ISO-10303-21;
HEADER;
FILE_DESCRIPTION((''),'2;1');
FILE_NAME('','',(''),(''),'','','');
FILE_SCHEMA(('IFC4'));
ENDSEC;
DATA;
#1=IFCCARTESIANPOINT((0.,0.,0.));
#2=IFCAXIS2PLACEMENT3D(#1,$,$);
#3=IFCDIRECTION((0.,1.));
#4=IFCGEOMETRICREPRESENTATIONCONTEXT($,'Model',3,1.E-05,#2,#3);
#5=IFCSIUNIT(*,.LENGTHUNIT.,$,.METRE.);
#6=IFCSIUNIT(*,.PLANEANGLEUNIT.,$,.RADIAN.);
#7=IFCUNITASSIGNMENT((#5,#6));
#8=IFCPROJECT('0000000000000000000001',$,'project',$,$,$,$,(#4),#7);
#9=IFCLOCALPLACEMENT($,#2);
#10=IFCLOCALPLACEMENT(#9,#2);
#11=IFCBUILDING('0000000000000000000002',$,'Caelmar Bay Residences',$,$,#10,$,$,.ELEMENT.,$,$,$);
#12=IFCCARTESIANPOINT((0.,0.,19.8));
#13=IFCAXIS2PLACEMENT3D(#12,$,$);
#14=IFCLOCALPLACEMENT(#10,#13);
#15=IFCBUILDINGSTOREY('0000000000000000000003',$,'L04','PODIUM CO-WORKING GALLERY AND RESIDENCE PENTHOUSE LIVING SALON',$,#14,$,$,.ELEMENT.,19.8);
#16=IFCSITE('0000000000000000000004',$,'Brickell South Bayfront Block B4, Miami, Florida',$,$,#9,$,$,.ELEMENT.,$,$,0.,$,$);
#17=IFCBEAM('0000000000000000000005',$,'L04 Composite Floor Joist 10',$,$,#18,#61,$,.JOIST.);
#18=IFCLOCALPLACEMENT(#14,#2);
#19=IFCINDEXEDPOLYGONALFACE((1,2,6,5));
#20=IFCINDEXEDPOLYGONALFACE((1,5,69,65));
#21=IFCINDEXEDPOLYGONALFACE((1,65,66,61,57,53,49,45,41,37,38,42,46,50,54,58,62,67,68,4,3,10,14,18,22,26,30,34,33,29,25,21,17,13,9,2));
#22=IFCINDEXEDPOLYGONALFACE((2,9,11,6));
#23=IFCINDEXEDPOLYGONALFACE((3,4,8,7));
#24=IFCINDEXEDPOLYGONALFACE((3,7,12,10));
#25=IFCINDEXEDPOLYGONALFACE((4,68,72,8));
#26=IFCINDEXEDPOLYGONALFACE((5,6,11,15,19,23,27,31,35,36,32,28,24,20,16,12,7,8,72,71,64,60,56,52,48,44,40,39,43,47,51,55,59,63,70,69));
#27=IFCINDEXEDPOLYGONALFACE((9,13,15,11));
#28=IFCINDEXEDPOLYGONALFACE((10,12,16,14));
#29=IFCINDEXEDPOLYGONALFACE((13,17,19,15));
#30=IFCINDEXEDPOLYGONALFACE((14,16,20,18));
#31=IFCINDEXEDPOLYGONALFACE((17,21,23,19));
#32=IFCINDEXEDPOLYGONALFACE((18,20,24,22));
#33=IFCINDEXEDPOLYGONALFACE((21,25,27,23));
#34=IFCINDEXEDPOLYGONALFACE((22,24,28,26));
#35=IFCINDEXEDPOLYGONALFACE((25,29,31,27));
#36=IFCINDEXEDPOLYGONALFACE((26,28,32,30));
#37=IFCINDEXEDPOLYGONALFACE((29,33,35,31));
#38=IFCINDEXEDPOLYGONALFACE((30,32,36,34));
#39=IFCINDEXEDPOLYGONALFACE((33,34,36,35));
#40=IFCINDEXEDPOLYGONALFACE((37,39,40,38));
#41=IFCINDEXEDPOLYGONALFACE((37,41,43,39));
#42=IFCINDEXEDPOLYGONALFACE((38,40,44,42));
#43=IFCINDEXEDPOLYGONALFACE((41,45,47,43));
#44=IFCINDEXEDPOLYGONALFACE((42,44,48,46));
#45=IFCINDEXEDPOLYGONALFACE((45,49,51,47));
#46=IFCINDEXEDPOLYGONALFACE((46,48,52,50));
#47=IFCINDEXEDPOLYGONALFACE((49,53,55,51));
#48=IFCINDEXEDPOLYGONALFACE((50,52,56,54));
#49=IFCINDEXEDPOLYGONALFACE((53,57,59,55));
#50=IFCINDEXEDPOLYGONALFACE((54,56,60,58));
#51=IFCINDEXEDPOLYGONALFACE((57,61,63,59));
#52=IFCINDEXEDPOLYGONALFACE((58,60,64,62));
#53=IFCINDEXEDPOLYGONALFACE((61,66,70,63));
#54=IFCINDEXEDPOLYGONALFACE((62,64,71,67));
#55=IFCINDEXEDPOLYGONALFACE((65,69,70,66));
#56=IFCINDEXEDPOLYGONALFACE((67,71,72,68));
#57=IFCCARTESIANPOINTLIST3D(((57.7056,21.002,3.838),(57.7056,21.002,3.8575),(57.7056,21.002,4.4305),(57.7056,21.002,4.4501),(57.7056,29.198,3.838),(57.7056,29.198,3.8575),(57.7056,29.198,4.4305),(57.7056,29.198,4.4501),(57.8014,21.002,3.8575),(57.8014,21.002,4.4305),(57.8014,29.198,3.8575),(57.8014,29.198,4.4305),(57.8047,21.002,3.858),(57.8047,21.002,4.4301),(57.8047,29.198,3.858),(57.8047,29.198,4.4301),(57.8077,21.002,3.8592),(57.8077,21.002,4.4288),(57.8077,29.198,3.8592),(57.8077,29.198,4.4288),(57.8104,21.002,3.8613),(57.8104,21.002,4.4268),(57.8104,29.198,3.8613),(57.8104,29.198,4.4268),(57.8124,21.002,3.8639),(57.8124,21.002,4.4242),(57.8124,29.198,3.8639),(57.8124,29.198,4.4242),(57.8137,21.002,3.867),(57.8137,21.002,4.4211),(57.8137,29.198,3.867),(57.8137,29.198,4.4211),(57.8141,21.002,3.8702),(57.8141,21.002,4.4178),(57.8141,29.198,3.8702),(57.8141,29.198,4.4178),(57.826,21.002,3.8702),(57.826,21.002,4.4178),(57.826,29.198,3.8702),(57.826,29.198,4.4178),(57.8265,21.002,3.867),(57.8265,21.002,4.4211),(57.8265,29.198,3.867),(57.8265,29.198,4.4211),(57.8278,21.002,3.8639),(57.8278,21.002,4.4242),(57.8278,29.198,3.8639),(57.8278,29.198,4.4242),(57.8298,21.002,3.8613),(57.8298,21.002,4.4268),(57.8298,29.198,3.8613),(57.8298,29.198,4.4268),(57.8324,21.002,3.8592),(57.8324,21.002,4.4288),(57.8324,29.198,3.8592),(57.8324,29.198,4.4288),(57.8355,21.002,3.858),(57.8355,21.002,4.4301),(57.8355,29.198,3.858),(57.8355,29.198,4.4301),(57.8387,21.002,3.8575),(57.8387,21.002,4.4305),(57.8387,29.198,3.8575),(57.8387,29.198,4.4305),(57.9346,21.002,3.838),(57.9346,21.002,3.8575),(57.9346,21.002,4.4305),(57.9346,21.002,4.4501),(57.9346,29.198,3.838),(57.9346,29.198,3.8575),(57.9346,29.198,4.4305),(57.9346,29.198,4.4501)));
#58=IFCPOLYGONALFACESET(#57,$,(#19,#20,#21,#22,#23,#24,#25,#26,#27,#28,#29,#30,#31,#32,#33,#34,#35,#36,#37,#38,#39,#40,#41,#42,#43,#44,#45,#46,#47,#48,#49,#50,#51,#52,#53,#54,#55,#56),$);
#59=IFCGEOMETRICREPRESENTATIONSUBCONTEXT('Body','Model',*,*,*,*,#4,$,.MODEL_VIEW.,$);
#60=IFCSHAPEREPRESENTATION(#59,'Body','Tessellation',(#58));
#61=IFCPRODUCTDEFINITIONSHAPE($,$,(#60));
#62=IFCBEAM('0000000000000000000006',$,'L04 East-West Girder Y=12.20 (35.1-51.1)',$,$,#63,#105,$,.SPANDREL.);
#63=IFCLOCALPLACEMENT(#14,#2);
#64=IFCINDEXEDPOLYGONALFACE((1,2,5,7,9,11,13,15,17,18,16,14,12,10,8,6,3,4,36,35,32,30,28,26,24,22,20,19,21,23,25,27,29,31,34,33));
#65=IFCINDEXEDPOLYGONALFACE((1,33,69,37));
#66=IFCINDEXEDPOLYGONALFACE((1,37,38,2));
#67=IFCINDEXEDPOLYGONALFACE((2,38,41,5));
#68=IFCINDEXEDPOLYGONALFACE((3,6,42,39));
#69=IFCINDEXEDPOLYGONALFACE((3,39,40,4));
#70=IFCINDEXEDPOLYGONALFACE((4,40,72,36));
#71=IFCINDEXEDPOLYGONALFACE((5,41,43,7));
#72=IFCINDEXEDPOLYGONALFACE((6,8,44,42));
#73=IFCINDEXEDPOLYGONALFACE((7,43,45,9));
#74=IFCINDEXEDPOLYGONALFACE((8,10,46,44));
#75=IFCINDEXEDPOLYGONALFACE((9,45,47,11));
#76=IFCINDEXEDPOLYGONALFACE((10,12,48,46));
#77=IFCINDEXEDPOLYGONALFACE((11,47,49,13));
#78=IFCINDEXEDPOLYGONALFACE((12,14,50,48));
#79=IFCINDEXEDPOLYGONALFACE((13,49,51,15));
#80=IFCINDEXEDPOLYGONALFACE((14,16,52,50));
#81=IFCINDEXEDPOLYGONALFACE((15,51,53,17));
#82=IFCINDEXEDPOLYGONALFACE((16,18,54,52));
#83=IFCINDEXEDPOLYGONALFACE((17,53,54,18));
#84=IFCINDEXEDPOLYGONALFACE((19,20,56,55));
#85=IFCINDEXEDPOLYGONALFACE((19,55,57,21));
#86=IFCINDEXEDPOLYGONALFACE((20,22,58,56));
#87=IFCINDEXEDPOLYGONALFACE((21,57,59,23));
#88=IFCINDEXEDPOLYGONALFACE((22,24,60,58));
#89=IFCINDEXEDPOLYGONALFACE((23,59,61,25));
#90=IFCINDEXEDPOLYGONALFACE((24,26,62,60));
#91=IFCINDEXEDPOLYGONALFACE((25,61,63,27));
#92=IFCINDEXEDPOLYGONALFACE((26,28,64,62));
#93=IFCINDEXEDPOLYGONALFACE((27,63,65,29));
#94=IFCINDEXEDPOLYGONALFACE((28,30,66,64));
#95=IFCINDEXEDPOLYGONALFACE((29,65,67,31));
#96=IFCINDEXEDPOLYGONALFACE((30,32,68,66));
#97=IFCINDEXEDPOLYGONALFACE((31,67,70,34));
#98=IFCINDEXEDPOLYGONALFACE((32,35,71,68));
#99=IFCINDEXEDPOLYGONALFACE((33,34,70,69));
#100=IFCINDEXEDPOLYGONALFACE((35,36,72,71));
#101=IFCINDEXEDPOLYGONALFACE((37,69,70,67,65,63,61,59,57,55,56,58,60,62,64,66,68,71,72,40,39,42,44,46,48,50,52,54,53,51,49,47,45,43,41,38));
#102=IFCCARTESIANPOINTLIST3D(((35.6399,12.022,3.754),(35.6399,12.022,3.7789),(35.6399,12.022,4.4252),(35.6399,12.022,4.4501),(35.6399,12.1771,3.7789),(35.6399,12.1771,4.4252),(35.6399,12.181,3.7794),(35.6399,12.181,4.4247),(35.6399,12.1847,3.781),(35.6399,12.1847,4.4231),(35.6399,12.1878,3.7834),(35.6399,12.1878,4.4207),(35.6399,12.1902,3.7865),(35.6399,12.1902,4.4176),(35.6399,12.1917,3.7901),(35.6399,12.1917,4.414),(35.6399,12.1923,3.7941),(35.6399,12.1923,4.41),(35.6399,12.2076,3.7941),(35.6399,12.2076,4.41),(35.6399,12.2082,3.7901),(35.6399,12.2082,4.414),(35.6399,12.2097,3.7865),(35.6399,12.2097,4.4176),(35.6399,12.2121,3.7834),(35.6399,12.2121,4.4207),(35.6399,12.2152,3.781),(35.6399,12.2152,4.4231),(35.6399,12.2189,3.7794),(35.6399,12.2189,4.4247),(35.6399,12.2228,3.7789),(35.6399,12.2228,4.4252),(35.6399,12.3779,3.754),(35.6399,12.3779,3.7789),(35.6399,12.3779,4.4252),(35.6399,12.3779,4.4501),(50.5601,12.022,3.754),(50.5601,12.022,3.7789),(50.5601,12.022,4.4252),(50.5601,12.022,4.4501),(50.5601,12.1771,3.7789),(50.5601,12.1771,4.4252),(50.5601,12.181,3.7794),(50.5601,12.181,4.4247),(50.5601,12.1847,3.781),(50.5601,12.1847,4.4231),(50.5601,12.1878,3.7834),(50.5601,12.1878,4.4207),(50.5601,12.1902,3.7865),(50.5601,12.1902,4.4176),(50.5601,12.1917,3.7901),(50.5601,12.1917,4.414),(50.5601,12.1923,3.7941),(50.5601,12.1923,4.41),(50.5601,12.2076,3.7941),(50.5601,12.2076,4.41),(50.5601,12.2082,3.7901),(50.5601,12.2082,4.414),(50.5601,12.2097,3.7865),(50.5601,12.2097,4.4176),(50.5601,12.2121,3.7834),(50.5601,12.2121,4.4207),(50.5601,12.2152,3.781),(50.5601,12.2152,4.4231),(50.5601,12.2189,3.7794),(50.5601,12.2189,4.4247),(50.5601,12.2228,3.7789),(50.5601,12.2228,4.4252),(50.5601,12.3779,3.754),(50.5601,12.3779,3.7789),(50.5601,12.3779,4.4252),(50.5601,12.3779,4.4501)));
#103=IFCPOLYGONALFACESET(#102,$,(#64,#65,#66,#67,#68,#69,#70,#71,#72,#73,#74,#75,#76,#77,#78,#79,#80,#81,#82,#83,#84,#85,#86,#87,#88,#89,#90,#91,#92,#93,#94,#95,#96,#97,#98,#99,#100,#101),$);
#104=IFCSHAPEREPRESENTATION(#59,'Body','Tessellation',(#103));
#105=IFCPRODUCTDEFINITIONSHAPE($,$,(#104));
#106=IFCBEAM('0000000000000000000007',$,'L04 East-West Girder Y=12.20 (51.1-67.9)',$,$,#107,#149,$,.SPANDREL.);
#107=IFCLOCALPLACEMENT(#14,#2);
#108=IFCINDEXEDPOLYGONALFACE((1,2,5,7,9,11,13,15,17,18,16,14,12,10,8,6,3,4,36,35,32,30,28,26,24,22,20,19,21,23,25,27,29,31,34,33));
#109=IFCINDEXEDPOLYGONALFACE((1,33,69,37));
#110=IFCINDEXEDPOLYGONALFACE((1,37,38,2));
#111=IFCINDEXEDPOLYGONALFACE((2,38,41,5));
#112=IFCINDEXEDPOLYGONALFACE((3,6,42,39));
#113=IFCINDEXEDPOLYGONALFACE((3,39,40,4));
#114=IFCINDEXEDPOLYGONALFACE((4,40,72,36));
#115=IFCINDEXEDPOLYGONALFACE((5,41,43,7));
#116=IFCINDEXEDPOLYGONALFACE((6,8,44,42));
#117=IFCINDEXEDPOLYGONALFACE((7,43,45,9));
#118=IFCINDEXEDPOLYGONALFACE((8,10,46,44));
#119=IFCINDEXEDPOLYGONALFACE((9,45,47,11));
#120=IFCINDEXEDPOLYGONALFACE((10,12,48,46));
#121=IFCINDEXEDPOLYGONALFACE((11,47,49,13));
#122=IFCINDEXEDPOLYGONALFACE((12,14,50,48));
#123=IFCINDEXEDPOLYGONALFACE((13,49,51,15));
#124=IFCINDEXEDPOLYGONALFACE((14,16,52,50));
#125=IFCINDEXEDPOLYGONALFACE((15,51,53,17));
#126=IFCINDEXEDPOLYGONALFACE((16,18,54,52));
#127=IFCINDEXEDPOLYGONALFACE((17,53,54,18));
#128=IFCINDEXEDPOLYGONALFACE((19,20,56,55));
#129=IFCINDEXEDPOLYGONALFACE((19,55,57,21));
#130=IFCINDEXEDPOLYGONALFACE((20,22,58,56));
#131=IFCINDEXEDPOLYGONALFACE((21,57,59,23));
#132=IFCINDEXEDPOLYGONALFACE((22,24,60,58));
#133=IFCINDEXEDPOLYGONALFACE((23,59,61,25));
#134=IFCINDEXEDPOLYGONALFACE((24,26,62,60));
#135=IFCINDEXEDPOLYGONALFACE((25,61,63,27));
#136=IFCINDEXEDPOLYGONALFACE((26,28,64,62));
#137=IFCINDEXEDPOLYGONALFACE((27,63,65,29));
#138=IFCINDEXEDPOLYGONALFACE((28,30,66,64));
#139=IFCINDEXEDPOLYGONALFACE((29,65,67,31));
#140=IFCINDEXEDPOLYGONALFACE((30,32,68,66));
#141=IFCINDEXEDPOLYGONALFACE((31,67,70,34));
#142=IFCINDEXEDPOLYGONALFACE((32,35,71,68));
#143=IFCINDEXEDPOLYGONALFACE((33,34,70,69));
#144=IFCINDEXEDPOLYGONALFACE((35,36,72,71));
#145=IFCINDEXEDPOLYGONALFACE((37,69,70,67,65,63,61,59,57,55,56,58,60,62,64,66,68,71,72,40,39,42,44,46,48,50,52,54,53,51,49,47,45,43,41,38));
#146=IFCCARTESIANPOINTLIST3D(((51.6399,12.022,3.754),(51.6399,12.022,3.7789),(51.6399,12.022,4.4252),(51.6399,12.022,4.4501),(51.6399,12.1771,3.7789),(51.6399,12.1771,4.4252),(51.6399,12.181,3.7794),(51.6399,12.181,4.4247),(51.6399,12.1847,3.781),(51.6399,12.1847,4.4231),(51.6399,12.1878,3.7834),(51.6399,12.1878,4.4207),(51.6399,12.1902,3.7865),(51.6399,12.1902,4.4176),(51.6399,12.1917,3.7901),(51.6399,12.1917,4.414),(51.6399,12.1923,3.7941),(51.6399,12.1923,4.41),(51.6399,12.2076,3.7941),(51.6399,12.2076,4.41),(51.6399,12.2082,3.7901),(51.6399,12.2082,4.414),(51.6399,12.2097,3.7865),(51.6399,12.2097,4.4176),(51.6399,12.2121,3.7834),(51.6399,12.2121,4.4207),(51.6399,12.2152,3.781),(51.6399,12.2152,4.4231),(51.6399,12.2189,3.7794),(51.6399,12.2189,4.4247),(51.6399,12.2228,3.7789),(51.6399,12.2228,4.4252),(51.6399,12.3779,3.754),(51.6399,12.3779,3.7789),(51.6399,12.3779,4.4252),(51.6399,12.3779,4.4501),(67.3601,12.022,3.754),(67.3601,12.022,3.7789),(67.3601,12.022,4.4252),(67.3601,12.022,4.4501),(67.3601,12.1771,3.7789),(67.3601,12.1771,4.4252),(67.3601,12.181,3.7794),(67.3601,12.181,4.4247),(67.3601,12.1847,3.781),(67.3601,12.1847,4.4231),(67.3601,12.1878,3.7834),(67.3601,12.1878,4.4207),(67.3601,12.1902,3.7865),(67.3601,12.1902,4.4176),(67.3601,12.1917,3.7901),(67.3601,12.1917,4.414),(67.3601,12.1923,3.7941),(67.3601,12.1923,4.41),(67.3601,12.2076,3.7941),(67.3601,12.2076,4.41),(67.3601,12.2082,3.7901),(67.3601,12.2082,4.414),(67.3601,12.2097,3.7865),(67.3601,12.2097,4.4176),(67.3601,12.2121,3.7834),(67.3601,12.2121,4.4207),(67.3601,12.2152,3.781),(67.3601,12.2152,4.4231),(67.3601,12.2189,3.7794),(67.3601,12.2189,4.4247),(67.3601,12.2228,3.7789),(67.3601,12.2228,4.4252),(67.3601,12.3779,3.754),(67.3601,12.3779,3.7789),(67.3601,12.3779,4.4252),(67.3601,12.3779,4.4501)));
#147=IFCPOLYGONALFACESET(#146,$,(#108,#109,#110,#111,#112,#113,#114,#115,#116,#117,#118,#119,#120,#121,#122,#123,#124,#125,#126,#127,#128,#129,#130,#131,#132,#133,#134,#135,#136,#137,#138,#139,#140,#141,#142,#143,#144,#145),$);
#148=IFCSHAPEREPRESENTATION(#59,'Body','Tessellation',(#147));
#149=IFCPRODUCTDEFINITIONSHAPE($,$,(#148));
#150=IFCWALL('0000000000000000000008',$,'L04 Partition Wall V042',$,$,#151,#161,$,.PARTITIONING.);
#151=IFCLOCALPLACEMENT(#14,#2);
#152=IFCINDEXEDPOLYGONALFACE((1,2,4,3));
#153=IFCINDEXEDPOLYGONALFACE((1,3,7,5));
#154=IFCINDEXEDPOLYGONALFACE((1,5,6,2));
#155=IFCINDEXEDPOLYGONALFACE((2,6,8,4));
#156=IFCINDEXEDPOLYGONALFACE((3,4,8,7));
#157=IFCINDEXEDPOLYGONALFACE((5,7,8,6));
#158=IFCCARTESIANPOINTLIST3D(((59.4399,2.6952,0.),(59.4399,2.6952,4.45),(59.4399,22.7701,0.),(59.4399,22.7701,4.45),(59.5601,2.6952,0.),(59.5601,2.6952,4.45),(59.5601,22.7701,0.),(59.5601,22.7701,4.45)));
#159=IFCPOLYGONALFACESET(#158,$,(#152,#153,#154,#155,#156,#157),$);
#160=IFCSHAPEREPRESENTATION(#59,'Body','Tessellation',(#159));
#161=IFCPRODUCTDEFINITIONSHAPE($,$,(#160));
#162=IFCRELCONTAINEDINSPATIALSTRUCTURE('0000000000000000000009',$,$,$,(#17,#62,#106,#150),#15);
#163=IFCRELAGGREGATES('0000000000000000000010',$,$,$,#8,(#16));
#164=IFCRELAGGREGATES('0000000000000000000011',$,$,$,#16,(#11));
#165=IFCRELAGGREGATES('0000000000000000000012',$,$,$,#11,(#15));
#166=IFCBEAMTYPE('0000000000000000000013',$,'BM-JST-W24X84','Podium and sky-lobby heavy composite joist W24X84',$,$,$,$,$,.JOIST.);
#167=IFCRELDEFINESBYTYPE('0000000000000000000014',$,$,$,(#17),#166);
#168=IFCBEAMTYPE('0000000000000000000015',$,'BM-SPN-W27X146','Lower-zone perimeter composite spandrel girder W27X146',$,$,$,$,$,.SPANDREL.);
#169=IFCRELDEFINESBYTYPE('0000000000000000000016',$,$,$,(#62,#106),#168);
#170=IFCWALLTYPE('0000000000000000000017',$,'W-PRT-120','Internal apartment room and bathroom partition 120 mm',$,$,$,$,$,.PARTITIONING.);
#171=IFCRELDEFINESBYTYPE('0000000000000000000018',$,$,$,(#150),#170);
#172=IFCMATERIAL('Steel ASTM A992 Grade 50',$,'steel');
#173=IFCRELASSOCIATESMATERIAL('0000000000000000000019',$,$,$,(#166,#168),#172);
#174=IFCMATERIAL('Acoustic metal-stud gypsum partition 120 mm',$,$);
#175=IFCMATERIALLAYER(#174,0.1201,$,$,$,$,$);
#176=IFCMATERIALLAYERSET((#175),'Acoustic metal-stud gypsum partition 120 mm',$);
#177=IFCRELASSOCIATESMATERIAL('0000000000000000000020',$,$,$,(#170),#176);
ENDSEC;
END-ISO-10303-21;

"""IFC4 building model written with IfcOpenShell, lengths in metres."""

from ifc_helpers import new_model, si_unit, direction, frame, frame_2d, origin, origin_2d, place, context, subcontext, project, spatial, rectangle, i_section, extrude, material, layer, layer_set, material_profile, profile_set, type_object, element, save


model = new_model("IFC4")

# Units and contexts
model_context = context("Model", 3, precision=1e-05, world=origin(), true_north=direction((0.0, 1.0)))
body_context = subcontext(model_context, "Body", "Model", "MODEL_VIEW")
ifc_project = project(units=[si_unit("LENGTHUNIT", "METRE"), si_unit("PLANEANGLEUNIT", "RADIAN")], contexts=[model_context])

# Site, building, storey
site_placement = place(None, origin())
site = spatial("IfcSite", under=ifc_project, at=site_placement, Name="Brickell South Bayfront Block B4, Miami, Florida", CompositionType="ELEMENT", RefElevation=0.0)
building_placement = place(site_placement, origin())
building = spatial("IfcBuilding", under=site, at=building_placement, Name="Caelmar Bay Residences", CompositionType="ELEMENT")
storey_placement = place(building_placement, frame((0.0, 0.0, 19.8)))
storey = spatial("IfcBuildingStorey", under=building, at=storey_placement, Name="L04", Description="PODIUM CO-WORKING GALLERY AND RESIDENCE PENTHOUSE LIVING SALON", CompositionType="ELEMENT", Elevation=19.8)

# Beams
ifc_material_1 = material(Name="Steel ASTM A992 Grade 50", Category="steel")
ifc_material_profile_1 = material_profile(ifc_material_1, i_section(OverallWidth=0.229, OverallDepth=0.6121, WebThickness=0.012, FlangeThickness=0.0195, FilletRadius=0.0127, at=origin_2d()), Name="W24X84")
ifc_profile_set_1 = profile_set([ifc_material_profile_1], Name="Steel ASTM A992 Grade 50")
beam_type_1 = type_object("IfcBeamType", Name="BM-JST-W24X84", Description="Podium and sky-lobby heavy composite joist W24X84", PredefinedType="JOIST", material=ifc_profile_set_1)
for number, where, z_axis, x_axis, name in (
    (1, (57.8201, 21.002, 4.144), (0.0, 1.0, 0.0), (-1.0, 0.0, 0.0), "L04 Composite Floor Joist 10"),
):
    element("IfcBeam", number, at=place(storey_placement, frame(where, z_axis=z_axis, x_axis=x_axis)), inside=storey, type_object=beam_type_1, Name=name, PredefinedType="JOIST", context=body_context, shape_type="SweptSolid", body=[
        extrude(i_section(OverallWidth=0.229, OverallDepth=0.6121, WebThickness=0.012, FlangeThickness=0.0195, FilletRadius=0.0127, at=origin_2d()), origin(), (0.0, 0.0, 1.0), 8.196),
    ])
ifc_material_profile_2 = material_profile(ifc_material_1, i_section(OverallWidth=0.356, OverallDepth=0.696, WebThickness=0.0154, FlangeThickness=0.0249, FilletRadius=0.0151, at=origin_2d()), Name="W27X146")
ifc_profile_set_2 = profile_set([ifc_material_profile_2], Name="Steel ASTM A992 Grade 50")
beam_type_2 = type_object("IfcBeamType", Name="BM-SPN-W27X146", Description="Lower-zone perimeter composite spandrel girder W27X146", PredefinedType="SPANDREL", material=ifc_profile_set_2)
beam_1_placement = place(storey_placement, frame((35.6399, 12.2, 4.1021), z_axis=(1.0, 0.0, 0.0), x_axis=(0.0, 1.0, 0.0)))
element("IfcBeam", 2, at=beam_1_placement, inside=storey, type_object=beam_type_2, Name="L04 East-West Girder Y=12.20 (35.1-51.1)", PredefinedType="SPANDREL", context=body_context, shape_type="SweptSolid", body=[
    extrude(i_section(OverallWidth=0.356, OverallDepth=0.696, WebThickness=0.0154, FlangeThickness=0.0249, FilletRadius=0.0151, at=origin_2d()), origin(), (0.0, 0.0, 1.0), 14.9202),
])
beam_2_placement = place(storey_placement, frame((51.6399, 12.2, 4.1021), z_axis=(1.0, 0.0, 0.0), x_axis=(0.0, 1.0, 0.0)))
element("IfcBeam", 3, at=beam_2_placement, inside=storey, type_object=beam_type_2, Name="L04 East-West Girder Y=12.20 (51.1-67.9)", PredefinedType="SPANDREL", context=body_context, shape_type="SweptSolid", body=[
    extrude(i_section(OverallWidth=0.356, OverallDepth=0.696, WebThickness=0.0154, FlangeThickness=0.0249, FilletRadius=0.0151, at=origin_2d()), origin(), (0.0, 0.0, 1.0), 15.7202),
])

# Wall
ifc_material_2 = material(Name="Acoustic metal-stud gypsum partition 120 mm")
ifc_layer_1 = layer(ifc_material_2, 0.1201)
ifc_layer_set_1 = layer_set([ifc_layer_1], Name="Acoustic metal-stud gypsum partition 120 mm")
wall_type_1 = type_object("IfcWallType", Name="W-PRT-120", Description="Internal apartment room and bathroom partition 120 mm", PredefinedType="PARTITIONING", material=ifc_layer_set_1)
wall_1_placement = place(storey_placement, frame((59.5, 2.6951, 0.0), z_axis=(0.0, 0.0, 1.0), x_axis=(0.0, 1.0, 0.0)))
element("IfcWall", 4, at=wall_1_placement, inside=storey, type_object=wall_type_1, Name="L04 Partition Wall V042", PredefinedType="PARTITIONING", context=body_context, shape_type="SweptSolid", body=[
    extrude(rectangle(XDim=20.075, YDim=0.1201, at=frame_2d((10.0376, 0.0))), origin(), (0.0, 0.0, 1.0), 4.45),
])

save(model, "model.ifc")
